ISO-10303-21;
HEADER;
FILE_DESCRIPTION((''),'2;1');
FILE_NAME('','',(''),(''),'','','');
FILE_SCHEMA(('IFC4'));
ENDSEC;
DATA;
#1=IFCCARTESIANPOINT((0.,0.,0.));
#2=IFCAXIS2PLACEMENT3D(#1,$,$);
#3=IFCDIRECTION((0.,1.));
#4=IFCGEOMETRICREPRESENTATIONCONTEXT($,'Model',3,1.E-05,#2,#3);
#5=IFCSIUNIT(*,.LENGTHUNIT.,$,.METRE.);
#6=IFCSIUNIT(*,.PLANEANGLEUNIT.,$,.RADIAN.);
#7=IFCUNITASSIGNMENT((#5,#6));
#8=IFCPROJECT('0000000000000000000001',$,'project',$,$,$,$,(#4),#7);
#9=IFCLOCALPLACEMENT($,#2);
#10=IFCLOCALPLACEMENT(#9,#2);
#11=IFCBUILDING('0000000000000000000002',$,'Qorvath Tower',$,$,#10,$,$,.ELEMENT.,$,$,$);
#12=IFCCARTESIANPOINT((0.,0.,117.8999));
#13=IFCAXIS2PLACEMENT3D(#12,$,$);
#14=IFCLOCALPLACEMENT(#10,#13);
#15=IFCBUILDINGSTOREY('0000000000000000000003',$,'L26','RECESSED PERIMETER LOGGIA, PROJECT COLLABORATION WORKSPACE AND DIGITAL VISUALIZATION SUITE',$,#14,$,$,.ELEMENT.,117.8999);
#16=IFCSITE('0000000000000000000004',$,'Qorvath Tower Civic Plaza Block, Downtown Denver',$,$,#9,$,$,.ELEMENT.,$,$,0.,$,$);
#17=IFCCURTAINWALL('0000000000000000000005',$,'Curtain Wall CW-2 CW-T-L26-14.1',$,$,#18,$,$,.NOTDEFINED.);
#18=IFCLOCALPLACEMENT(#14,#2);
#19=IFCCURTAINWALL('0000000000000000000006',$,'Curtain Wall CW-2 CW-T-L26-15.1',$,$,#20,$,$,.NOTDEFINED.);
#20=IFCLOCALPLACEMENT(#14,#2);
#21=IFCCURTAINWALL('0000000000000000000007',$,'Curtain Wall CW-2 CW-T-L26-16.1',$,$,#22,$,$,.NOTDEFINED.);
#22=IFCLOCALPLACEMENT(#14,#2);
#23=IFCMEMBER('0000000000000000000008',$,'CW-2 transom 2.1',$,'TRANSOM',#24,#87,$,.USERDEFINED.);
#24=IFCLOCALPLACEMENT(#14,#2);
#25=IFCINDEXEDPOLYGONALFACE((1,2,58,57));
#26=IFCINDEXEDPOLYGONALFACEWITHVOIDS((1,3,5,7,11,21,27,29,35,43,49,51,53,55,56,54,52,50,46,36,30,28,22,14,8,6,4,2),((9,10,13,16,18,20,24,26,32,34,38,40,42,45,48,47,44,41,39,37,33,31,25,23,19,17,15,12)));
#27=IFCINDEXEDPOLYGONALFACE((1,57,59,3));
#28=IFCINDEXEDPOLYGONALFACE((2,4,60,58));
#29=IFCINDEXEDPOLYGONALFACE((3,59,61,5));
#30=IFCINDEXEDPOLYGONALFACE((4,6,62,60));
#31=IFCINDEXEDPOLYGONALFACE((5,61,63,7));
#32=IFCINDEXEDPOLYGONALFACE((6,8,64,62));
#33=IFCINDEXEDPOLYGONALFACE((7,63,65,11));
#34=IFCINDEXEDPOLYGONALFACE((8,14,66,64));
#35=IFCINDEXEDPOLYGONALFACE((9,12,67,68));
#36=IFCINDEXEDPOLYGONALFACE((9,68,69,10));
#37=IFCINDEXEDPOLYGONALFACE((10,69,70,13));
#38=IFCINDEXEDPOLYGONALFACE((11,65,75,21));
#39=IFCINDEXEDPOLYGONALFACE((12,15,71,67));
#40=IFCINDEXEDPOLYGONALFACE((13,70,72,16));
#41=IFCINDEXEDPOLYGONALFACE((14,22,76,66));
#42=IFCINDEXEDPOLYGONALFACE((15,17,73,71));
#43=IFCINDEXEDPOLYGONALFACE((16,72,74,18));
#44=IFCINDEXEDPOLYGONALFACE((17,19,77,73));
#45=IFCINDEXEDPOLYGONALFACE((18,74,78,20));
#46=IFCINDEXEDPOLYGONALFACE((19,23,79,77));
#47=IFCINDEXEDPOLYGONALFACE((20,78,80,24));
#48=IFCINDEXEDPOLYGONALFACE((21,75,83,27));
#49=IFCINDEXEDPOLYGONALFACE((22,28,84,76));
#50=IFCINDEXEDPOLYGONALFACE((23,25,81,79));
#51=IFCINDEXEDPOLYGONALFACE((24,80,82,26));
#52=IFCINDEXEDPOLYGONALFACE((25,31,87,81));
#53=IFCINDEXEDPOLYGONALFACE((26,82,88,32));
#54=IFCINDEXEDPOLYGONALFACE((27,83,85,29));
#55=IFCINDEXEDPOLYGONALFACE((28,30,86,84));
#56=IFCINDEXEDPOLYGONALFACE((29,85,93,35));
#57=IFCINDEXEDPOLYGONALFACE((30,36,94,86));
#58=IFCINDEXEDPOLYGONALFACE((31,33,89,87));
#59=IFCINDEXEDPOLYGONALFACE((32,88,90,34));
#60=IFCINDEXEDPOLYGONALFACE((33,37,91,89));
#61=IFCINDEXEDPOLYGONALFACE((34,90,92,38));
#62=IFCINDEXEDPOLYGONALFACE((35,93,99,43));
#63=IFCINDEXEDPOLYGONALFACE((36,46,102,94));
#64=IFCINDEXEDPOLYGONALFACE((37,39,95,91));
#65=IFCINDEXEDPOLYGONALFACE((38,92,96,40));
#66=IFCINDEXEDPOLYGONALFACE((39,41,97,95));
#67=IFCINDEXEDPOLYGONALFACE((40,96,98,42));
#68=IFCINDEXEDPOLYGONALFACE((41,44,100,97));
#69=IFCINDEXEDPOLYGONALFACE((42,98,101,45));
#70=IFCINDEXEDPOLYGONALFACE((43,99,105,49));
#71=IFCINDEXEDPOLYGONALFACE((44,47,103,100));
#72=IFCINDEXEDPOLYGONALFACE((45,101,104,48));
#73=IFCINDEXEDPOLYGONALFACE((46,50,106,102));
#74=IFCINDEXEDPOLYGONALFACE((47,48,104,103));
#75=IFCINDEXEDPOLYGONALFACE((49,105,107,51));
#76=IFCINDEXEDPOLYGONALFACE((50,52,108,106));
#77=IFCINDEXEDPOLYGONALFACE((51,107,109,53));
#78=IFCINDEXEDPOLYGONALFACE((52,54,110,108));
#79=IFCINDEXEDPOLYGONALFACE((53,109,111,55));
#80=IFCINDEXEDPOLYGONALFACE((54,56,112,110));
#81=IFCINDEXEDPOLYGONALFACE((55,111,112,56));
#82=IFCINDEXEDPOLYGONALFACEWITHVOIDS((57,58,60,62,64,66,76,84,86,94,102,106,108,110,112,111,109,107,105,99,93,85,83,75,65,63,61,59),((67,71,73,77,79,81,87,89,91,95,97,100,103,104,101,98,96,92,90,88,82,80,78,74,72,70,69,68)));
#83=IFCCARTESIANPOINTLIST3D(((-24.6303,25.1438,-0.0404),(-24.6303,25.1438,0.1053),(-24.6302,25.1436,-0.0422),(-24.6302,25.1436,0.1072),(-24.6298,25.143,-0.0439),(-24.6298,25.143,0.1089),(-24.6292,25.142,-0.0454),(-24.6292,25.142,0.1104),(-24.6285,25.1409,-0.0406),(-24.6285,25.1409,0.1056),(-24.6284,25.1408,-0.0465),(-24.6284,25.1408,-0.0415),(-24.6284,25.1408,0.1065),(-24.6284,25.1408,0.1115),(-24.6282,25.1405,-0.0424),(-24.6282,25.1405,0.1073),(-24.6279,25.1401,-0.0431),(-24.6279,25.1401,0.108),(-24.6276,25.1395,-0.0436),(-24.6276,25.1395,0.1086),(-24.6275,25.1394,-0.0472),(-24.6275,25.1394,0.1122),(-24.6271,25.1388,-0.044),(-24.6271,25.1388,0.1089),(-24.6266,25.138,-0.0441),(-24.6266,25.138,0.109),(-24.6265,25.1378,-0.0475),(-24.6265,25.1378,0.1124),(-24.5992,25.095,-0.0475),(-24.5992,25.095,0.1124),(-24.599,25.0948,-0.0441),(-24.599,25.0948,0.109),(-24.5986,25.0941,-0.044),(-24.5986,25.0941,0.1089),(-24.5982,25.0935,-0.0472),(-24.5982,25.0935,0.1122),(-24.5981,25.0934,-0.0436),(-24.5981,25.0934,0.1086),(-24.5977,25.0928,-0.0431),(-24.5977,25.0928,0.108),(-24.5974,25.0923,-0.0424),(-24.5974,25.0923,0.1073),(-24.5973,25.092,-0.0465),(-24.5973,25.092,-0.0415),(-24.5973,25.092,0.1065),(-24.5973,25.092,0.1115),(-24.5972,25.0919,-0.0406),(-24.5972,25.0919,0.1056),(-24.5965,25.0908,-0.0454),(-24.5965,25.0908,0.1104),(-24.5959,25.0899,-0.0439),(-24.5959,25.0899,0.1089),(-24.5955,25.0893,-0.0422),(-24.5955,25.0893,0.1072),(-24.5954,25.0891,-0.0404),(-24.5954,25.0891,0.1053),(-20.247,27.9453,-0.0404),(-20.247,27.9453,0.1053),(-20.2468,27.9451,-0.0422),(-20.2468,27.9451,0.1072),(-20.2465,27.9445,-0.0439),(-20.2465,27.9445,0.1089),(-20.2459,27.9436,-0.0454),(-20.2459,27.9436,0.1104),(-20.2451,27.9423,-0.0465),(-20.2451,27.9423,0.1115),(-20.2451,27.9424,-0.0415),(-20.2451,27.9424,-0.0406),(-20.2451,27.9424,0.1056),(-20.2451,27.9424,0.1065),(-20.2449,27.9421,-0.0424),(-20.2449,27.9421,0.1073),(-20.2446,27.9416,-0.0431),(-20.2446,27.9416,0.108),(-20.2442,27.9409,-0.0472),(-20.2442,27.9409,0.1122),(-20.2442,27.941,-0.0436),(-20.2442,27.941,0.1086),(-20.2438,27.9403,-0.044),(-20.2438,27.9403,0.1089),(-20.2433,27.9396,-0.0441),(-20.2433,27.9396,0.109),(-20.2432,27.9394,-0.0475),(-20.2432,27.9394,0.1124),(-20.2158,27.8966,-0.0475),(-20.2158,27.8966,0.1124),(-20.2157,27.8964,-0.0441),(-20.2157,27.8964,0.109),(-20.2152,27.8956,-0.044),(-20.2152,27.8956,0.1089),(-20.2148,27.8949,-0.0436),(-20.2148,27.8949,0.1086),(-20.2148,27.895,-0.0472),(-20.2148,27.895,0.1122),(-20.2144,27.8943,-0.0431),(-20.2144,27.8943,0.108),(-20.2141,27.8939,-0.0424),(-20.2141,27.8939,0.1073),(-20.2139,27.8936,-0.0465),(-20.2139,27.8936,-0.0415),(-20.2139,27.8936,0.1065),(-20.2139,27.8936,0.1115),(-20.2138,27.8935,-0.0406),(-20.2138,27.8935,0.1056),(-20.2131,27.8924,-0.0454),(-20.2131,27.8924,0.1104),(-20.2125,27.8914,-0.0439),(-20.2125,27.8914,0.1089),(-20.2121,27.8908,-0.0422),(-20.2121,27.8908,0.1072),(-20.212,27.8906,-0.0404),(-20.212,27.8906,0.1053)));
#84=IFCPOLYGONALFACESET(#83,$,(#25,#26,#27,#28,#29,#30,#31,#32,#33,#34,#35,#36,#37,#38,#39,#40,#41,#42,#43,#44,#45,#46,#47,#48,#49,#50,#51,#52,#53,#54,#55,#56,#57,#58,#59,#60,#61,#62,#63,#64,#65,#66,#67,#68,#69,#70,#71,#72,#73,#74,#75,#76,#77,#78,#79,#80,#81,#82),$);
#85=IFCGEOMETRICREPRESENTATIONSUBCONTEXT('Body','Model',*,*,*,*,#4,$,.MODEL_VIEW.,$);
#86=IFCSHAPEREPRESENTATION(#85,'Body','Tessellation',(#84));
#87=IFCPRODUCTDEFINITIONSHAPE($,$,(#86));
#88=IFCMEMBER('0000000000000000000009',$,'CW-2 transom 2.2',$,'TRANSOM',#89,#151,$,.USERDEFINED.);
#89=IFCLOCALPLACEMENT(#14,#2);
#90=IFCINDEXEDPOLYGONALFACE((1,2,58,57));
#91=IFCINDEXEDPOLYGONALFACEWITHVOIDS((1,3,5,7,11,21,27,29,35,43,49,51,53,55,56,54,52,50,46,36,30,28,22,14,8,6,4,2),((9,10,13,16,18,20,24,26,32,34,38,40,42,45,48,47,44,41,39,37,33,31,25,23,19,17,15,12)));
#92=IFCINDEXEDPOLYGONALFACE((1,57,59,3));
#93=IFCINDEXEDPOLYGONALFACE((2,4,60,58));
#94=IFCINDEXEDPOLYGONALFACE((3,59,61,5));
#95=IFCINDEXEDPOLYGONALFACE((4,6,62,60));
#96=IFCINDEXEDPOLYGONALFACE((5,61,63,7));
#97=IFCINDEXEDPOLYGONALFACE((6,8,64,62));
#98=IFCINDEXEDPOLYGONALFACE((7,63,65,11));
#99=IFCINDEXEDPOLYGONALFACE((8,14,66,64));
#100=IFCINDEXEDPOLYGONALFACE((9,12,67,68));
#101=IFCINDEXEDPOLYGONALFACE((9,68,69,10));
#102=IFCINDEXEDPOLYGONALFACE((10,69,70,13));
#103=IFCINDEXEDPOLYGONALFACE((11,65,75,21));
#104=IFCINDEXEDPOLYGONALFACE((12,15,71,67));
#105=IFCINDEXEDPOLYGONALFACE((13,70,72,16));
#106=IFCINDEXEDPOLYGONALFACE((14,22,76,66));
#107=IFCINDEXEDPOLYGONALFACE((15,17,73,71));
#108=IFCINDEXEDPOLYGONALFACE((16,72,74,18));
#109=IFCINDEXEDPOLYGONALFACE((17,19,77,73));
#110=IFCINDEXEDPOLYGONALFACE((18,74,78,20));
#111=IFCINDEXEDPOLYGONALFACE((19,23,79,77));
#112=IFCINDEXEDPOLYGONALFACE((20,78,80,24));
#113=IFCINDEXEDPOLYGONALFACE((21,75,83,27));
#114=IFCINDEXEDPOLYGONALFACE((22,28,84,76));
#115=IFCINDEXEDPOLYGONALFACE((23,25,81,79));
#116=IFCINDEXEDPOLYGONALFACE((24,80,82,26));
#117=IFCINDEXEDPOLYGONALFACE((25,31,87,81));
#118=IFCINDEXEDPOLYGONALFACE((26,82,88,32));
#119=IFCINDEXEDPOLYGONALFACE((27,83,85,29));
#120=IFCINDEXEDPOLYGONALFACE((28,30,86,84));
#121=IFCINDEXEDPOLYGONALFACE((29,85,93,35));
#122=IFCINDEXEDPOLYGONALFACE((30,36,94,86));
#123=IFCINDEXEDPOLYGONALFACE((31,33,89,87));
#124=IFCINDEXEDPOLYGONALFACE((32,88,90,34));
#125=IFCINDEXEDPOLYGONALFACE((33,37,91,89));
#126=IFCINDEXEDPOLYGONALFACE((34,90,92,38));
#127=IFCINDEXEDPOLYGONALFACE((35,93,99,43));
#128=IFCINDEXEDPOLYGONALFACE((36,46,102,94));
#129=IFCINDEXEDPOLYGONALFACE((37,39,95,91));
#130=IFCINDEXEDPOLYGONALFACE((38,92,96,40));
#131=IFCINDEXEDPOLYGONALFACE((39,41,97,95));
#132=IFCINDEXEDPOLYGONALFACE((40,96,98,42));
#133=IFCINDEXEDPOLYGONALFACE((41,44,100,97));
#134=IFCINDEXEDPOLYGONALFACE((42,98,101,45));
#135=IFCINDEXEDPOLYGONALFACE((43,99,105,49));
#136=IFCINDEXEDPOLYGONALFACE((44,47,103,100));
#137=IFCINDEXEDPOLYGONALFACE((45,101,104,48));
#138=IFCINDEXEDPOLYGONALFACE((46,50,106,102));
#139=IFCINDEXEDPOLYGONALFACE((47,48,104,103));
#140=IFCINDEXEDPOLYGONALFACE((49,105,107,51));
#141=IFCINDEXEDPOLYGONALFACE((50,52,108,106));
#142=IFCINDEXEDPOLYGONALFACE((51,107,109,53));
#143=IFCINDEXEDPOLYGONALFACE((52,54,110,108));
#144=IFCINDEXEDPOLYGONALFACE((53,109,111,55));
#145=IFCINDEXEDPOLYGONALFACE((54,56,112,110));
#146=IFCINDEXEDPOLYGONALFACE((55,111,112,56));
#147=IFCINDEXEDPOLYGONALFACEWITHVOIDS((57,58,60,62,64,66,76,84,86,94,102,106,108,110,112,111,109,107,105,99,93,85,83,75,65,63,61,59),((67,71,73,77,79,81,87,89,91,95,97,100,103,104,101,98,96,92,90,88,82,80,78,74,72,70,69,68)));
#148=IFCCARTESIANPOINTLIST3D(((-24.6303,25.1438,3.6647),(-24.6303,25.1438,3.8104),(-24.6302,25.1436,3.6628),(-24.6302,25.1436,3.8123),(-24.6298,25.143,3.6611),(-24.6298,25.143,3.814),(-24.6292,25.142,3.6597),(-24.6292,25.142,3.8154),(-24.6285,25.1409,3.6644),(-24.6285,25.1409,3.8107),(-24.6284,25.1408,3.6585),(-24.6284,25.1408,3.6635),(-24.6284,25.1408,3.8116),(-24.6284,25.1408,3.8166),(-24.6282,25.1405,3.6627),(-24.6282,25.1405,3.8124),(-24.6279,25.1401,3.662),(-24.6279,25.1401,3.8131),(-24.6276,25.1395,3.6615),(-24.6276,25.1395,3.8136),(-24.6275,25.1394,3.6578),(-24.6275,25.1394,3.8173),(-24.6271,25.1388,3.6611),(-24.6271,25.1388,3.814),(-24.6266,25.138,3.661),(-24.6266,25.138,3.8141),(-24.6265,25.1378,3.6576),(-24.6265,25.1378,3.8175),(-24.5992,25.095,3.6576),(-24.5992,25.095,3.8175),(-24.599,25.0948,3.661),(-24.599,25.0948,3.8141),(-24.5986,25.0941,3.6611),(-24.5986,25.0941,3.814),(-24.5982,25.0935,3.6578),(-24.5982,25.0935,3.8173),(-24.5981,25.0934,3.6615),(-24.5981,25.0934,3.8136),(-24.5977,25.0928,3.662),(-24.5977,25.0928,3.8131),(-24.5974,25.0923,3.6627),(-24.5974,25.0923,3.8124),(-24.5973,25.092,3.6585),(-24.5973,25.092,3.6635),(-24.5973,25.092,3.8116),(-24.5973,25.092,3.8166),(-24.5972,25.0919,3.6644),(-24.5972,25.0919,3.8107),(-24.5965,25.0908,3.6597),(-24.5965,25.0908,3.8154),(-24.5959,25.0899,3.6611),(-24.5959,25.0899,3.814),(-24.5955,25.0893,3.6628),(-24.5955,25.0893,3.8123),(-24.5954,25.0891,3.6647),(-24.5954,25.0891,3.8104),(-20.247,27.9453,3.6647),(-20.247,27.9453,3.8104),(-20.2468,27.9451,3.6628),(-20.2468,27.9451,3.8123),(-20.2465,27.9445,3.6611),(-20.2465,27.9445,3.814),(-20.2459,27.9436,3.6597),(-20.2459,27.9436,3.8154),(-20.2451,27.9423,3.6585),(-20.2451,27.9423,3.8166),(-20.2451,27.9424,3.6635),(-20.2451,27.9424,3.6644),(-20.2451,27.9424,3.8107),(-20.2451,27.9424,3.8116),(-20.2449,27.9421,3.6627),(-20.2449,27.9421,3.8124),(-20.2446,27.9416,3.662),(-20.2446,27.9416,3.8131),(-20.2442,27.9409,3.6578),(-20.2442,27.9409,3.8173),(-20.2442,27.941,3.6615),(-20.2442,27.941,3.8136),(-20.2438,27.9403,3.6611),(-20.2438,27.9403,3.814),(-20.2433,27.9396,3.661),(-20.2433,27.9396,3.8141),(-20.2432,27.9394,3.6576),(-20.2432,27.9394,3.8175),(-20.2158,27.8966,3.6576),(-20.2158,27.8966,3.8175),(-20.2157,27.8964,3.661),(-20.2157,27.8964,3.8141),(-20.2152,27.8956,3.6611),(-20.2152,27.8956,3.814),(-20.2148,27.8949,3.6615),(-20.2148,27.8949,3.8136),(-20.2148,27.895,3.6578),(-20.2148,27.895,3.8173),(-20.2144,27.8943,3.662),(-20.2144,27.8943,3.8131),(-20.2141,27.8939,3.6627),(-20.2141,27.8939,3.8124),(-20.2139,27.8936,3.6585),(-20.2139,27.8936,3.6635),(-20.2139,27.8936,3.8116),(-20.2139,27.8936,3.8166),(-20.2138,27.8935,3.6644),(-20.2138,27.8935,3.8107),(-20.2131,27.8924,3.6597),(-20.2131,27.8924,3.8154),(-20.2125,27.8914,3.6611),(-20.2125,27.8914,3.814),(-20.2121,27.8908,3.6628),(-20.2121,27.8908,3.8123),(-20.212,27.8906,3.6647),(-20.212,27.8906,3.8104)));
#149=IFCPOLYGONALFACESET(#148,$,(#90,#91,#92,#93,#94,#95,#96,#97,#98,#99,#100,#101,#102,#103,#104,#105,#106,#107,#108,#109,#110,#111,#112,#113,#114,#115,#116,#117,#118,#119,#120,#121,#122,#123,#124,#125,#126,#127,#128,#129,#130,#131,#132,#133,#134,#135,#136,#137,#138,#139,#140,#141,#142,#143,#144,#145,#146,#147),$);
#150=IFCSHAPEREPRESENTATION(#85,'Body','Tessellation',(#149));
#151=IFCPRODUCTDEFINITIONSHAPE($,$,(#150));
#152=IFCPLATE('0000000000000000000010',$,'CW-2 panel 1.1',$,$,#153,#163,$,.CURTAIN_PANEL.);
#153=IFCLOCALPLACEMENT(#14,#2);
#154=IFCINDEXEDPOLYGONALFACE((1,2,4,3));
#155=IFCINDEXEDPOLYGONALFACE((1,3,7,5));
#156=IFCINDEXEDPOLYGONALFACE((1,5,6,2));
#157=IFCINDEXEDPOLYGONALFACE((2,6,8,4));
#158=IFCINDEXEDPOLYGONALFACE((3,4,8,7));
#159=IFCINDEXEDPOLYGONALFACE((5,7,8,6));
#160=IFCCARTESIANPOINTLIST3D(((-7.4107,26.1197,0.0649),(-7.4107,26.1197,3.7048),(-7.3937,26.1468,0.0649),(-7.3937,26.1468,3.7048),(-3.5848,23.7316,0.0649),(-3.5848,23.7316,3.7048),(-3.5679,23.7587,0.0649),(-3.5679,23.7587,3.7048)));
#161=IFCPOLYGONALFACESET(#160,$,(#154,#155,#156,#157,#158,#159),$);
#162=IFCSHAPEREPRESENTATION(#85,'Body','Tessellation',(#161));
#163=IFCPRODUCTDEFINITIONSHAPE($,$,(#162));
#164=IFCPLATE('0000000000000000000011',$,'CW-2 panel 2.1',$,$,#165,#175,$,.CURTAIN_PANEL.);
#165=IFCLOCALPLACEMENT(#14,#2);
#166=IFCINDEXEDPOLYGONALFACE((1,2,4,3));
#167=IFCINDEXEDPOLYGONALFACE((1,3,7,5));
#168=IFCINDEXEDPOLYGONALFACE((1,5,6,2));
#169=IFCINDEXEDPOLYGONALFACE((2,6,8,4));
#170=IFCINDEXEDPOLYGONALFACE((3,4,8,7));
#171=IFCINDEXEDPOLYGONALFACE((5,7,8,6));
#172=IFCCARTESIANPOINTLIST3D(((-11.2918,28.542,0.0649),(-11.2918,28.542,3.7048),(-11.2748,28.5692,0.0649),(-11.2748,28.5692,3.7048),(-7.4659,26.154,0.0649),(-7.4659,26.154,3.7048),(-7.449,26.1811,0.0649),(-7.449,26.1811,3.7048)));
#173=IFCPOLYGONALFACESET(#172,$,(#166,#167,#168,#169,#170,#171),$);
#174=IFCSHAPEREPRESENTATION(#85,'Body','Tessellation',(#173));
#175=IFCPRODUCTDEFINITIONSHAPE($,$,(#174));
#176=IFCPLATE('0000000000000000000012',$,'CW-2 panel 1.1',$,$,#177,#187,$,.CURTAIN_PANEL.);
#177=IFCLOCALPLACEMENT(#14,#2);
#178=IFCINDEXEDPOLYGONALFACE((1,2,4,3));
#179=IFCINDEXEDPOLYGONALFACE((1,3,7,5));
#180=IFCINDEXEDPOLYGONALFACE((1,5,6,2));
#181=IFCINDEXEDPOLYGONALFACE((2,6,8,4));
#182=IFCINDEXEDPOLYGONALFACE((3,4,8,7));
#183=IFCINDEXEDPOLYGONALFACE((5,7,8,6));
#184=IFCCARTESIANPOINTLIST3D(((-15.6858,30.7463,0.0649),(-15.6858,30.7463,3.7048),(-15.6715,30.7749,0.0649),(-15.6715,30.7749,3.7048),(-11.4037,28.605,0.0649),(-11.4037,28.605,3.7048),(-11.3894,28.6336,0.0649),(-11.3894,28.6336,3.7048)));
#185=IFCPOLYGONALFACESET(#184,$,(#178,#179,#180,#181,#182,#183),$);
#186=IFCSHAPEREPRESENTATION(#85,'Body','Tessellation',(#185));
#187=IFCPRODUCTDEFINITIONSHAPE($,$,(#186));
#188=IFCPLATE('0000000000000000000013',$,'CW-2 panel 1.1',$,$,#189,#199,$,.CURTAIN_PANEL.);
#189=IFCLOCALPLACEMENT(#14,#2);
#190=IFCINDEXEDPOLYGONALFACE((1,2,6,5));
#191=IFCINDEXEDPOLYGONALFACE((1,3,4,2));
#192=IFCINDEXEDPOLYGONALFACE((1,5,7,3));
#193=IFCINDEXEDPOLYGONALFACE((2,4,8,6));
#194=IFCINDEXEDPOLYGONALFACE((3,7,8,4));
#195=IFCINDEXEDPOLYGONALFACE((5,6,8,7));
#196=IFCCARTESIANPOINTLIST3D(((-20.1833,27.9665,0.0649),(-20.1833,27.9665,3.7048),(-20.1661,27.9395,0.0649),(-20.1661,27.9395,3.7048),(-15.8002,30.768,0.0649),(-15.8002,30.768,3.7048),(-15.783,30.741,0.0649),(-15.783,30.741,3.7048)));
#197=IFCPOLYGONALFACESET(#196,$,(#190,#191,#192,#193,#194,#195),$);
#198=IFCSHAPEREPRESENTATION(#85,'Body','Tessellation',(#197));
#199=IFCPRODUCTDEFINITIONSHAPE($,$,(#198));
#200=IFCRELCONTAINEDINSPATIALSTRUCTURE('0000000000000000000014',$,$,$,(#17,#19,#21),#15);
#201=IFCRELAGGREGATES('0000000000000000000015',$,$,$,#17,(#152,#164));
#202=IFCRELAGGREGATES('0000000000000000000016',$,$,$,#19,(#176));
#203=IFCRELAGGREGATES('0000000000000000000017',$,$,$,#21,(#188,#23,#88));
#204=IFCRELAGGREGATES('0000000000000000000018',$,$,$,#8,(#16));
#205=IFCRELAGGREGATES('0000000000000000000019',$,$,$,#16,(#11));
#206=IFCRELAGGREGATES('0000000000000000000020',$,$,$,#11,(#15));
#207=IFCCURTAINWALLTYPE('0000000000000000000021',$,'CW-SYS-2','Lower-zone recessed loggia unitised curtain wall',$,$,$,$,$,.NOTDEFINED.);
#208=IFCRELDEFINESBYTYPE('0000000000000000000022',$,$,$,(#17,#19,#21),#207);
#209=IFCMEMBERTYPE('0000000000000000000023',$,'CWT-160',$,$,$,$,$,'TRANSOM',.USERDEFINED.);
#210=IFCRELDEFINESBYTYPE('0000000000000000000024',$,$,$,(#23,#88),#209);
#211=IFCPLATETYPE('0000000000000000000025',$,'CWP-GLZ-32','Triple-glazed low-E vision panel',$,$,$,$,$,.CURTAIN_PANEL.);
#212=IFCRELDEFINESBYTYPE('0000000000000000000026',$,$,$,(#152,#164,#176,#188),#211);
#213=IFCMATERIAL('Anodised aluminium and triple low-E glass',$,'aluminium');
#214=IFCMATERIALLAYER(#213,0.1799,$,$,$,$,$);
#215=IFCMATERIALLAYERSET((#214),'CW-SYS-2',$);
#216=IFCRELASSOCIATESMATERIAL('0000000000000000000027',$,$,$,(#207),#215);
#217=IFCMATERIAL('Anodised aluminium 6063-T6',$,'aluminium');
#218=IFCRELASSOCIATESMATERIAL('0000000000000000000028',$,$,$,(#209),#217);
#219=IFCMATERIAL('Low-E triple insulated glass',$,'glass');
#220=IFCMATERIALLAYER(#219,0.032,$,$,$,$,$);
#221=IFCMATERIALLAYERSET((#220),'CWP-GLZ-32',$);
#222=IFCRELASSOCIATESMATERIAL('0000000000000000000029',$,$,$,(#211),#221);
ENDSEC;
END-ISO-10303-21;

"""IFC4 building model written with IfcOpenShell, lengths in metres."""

from ifc_helpers import new_model, si_unit, direction, frame, origin, origin_2d, place, context, subcontext, project, spatial, rectangle, hollow_rectangle, extrude, material, layer, layer_set, material_profile, profile_set, type_object, element, aggregate, save


model = new_model("IFC4")

# Units and contexts
model_context = context("Model", 3, precision=1e-05, world=origin(), true_north=direction((0.0, 1.0)))
body_context = subcontext(model_context, "Body", "Model", "MODEL_VIEW")
ifc_project = project(units=[si_unit("LENGTHUNIT", "METRE"), si_unit("PLANEANGLEUNIT", "RADIAN")], contexts=[model_context])

# Site, building, storey
site_placement = place(None, origin())
site = spatial("IfcSite", under=ifc_project, at=site_placement, Name="Qorvath Tower Civic Plaza Block, Downtown Denver", CompositionType="ELEMENT", RefElevation=0.0)
building_placement = place(site_placement, origin())
building = spatial("IfcBuilding", under=site, at=building_placement, Name="Qorvath Tower", CompositionType="ELEMENT")
storey_placement = place(building_placement, frame((0.0, 0.0, 117.8999)))
storey = spatial("IfcBuildingStorey", under=building, at=storey_placement, Name="L26", Description="RECESSED PERIMETER LOGGIA, PROJECT COLLABORATION WORKSPACE AND DIGITAL VISUALIZATION SUITE", CompositionType="ELEMENT", Elevation=117.8999)

# Curtain walls
ifc_material_1 = material(Name="Anodised aluminium and triple low-E glass", Category="aluminium")
ifc_layer_1 = layer(ifc_material_1, 0.1799)
ifc_layer_set_1 = layer_set([ifc_layer_1], Name="CW-SYS-2")
curtain_wall_type = type_object("IfcCurtainWallType", Name="CW-SYS-2", Description="Lower-zone recessed loggia unitised curtain wall", PredefinedType="NOTDEFINED", material=ifc_layer_set_1)
curtain_wall_1_placement = place(storey_placement, origin())
curtain_wall_1 = element("IfcCurtainWall", 1, at=curtain_wall_1_placement, inside=storey, type_object=curtain_wall_type, Name="Curtain Wall CW-2 CW-T-L26-14.1", PredefinedType="NOTDEFINED")
curtain_wall_2_placement = place(storey_placement, origin())
curtain_wall_2 = element("IfcCurtainWall", 2, at=curtain_wall_2_placement, inside=storey, type_object=curtain_wall_type, Name="Curtain Wall CW-2 CW-T-L26-15.1", PredefinedType="NOTDEFINED")
curtain_wall_3_placement = place(storey_placement, origin())
curtain_wall_3 = element("IfcCurtainWall", 3, at=curtain_wall_3_placement, inside=storey, type_object=curtain_wall_type, Name="Curtain Wall CW-2 CW-T-L26-16.1", PredefinedType="NOTDEFINED")

# Members
ifc_material_2 = material(Name="Anodised aluminium 6063-T6", Category="aluminium")
ifc_material_profile_1 = material_profile(ifc_material_2, hollow_rectangle(XDim=0.0649, YDim=0.1599, WallThickness=0.0034, InnerFilletRadius=0.0034, OuterFilletRadius=0.0071, at=origin_2d()), Name="CWT 160x65")
ifc_profile_set_1 = profile_set([ifc_material_profile_1], Name="Anodised aluminium 6063-T6")
member_type_1 = type_object("IfcMemberType", Name="CWT-160", ElementType="TRANSOM", PredefinedType="USERDEFINED", material=ifc_profile_set_1)
member_1_placement = place(storey_placement, frame((-20.2295, 27.918, 0.0325), z_axis=(-0.842603, -0.538536, 0.0), x_axis=(0.538536, -0.842603, 0.0)))
member_1 = element("IfcMember", 4, at=member_1_placement, type_object=member_type_1, Name="CW-2 transom 2.1", ObjectType="TRANSOM", PredefinedType="USERDEFINED", context=body_context, shape_type="SweptSolid", body=[
    extrude(hollow_rectangle(XDim=0.0649, YDim=0.1599, WallThickness=0.0034, InnerFilletRadius=0.0034, OuterFilletRadius=0.0071, at=origin_2d()), origin(), (0.0, 0.0, 1.0), 5.2021),
])
member_2_placement = place(storey_placement, frame((-20.2295, 27.918, 3.7375), z_axis=(-0.842603, -0.538536, 0.0), x_axis=(0.538536, -0.842603, 0.0)))
member_2 = element("IfcMember", 5, at=member_2_placement, type_object=member_type_1, Name="CW-2 transom 2.2", ObjectType="TRANSOM", PredefinedType="USERDEFINED", context=body_context, shape_type="SweptSolid", body=[
    extrude(hollow_rectangle(XDim=0.0649, YDim=0.1599, WallThickness=0.0034, InnerFilletRadius=0.0034, OuterFilletRadius=0.0071, at=origin_2d()), origin(), (0.0, 0.0, 1.0), 5.2021),
])

# Plates
ifc_material_3 = material(Name="Low-E triple insulated glass", Category="glass")
ifc_layer_2 = layer(ifc_material_3, 0.032)
ifc_layer_set_2 = layer_set([ifc_layer_2], Name="CWP-GLZ-32")
plate_type = type_object("IfcPlateType", Name="CWP-GLZ-32", Description="Triple-glazed low-E vision panel", PredefinedType="CURTAIN_PANEL", material=ifc_layer_set_2)
plate_1_placement = place(storey_placement, frame((-5.4893, 24.9392, 0.0649), z_axis=(0.0, 0.0, 1.0), x_axis=(-0.848308, 0.529503, 0.0)))
plate_1 = element("IfcPlate", 6, at=plate_1_placement, type_object=plate_type, Name="CW-2 panel 1.1", PredefinedType="CURTAIN_PANEL", context=body_context, shape_type="SweptSolid", body=[
    extrude(rectangle(XDim=4.51, YDim=0.032, at=origin_2d()), origin(), (0.0, 0.0, 1.0), 3.6399),
])
plate_2_placement = place(storey_placement, frame((-9.3704, 27.3616, 0.0649), z_axis=(0.0, 0.0, 1.0), x_axis=(-0.848308, 0.529503, 0.0)))
plate_2 = element("IfcPlate", 7, at=plate_2_placement, type_object=plate_type, Name="CW-2 panel 2.1", PredefinedType="CURTAIN_PANEL", context=body_context, shape_type="SweptSolid", body=[
    extrude(rectangle(XDim=4.51, YDim=0.032, at=origin_2d()), origin(), (0.0, 0.0, 1.0), 3.6399),
])
aggregate(curtain_wall_1, [plate_1, plate_2])
plate_3_placement = place(storey_placement, frame((-13.5376, 29.6899, 0.0649), z_axis=(0.0, 0.0, 1.0), x_axis=(-0.894403, 0.447262, 0.0)))
plate_3 = element("IfcPlate", 8, at=plate_3_placement, type_object=plate_type, Name="CW-2 panel 1.1", PredefinedType="CURTAIN_PANEL", context=body_context, shape_type="SweptSolid", body=[
    extrude(rectangle(XDim=4.7876, YDim=0.032, at=origin_2d()), origin(), (0.0, 0.0, 1.0), 3.6399),
])
aggregate(curtain_wall_2, [plate_3])
plate_4_placement = place(storey_placement, frame((-17.9832, 29.3538, 0.0649), z_axis=(0.0, 0.0, 1.0), x_axis=(-0.842595, -0.538548, 0.0)))
plate_4 = element("IfcPlate", 9, at=plate_4_placement, type_object=plate_type, Name="CW-2 panel 1.1", PredefinedType="CURTAIN_PANEL", context=body_context, shape_type="SweptSolid", body=[
    extrude(rectangle(XDim=5.2019, YDim=0.032, at=origin_2d()), origin(), (0.0, 0.0, 1.0), 3.6399),
])
aggregate(curtain_wall_3, [plate_4, member_1, member_2])

save(model, "model.ifc")
